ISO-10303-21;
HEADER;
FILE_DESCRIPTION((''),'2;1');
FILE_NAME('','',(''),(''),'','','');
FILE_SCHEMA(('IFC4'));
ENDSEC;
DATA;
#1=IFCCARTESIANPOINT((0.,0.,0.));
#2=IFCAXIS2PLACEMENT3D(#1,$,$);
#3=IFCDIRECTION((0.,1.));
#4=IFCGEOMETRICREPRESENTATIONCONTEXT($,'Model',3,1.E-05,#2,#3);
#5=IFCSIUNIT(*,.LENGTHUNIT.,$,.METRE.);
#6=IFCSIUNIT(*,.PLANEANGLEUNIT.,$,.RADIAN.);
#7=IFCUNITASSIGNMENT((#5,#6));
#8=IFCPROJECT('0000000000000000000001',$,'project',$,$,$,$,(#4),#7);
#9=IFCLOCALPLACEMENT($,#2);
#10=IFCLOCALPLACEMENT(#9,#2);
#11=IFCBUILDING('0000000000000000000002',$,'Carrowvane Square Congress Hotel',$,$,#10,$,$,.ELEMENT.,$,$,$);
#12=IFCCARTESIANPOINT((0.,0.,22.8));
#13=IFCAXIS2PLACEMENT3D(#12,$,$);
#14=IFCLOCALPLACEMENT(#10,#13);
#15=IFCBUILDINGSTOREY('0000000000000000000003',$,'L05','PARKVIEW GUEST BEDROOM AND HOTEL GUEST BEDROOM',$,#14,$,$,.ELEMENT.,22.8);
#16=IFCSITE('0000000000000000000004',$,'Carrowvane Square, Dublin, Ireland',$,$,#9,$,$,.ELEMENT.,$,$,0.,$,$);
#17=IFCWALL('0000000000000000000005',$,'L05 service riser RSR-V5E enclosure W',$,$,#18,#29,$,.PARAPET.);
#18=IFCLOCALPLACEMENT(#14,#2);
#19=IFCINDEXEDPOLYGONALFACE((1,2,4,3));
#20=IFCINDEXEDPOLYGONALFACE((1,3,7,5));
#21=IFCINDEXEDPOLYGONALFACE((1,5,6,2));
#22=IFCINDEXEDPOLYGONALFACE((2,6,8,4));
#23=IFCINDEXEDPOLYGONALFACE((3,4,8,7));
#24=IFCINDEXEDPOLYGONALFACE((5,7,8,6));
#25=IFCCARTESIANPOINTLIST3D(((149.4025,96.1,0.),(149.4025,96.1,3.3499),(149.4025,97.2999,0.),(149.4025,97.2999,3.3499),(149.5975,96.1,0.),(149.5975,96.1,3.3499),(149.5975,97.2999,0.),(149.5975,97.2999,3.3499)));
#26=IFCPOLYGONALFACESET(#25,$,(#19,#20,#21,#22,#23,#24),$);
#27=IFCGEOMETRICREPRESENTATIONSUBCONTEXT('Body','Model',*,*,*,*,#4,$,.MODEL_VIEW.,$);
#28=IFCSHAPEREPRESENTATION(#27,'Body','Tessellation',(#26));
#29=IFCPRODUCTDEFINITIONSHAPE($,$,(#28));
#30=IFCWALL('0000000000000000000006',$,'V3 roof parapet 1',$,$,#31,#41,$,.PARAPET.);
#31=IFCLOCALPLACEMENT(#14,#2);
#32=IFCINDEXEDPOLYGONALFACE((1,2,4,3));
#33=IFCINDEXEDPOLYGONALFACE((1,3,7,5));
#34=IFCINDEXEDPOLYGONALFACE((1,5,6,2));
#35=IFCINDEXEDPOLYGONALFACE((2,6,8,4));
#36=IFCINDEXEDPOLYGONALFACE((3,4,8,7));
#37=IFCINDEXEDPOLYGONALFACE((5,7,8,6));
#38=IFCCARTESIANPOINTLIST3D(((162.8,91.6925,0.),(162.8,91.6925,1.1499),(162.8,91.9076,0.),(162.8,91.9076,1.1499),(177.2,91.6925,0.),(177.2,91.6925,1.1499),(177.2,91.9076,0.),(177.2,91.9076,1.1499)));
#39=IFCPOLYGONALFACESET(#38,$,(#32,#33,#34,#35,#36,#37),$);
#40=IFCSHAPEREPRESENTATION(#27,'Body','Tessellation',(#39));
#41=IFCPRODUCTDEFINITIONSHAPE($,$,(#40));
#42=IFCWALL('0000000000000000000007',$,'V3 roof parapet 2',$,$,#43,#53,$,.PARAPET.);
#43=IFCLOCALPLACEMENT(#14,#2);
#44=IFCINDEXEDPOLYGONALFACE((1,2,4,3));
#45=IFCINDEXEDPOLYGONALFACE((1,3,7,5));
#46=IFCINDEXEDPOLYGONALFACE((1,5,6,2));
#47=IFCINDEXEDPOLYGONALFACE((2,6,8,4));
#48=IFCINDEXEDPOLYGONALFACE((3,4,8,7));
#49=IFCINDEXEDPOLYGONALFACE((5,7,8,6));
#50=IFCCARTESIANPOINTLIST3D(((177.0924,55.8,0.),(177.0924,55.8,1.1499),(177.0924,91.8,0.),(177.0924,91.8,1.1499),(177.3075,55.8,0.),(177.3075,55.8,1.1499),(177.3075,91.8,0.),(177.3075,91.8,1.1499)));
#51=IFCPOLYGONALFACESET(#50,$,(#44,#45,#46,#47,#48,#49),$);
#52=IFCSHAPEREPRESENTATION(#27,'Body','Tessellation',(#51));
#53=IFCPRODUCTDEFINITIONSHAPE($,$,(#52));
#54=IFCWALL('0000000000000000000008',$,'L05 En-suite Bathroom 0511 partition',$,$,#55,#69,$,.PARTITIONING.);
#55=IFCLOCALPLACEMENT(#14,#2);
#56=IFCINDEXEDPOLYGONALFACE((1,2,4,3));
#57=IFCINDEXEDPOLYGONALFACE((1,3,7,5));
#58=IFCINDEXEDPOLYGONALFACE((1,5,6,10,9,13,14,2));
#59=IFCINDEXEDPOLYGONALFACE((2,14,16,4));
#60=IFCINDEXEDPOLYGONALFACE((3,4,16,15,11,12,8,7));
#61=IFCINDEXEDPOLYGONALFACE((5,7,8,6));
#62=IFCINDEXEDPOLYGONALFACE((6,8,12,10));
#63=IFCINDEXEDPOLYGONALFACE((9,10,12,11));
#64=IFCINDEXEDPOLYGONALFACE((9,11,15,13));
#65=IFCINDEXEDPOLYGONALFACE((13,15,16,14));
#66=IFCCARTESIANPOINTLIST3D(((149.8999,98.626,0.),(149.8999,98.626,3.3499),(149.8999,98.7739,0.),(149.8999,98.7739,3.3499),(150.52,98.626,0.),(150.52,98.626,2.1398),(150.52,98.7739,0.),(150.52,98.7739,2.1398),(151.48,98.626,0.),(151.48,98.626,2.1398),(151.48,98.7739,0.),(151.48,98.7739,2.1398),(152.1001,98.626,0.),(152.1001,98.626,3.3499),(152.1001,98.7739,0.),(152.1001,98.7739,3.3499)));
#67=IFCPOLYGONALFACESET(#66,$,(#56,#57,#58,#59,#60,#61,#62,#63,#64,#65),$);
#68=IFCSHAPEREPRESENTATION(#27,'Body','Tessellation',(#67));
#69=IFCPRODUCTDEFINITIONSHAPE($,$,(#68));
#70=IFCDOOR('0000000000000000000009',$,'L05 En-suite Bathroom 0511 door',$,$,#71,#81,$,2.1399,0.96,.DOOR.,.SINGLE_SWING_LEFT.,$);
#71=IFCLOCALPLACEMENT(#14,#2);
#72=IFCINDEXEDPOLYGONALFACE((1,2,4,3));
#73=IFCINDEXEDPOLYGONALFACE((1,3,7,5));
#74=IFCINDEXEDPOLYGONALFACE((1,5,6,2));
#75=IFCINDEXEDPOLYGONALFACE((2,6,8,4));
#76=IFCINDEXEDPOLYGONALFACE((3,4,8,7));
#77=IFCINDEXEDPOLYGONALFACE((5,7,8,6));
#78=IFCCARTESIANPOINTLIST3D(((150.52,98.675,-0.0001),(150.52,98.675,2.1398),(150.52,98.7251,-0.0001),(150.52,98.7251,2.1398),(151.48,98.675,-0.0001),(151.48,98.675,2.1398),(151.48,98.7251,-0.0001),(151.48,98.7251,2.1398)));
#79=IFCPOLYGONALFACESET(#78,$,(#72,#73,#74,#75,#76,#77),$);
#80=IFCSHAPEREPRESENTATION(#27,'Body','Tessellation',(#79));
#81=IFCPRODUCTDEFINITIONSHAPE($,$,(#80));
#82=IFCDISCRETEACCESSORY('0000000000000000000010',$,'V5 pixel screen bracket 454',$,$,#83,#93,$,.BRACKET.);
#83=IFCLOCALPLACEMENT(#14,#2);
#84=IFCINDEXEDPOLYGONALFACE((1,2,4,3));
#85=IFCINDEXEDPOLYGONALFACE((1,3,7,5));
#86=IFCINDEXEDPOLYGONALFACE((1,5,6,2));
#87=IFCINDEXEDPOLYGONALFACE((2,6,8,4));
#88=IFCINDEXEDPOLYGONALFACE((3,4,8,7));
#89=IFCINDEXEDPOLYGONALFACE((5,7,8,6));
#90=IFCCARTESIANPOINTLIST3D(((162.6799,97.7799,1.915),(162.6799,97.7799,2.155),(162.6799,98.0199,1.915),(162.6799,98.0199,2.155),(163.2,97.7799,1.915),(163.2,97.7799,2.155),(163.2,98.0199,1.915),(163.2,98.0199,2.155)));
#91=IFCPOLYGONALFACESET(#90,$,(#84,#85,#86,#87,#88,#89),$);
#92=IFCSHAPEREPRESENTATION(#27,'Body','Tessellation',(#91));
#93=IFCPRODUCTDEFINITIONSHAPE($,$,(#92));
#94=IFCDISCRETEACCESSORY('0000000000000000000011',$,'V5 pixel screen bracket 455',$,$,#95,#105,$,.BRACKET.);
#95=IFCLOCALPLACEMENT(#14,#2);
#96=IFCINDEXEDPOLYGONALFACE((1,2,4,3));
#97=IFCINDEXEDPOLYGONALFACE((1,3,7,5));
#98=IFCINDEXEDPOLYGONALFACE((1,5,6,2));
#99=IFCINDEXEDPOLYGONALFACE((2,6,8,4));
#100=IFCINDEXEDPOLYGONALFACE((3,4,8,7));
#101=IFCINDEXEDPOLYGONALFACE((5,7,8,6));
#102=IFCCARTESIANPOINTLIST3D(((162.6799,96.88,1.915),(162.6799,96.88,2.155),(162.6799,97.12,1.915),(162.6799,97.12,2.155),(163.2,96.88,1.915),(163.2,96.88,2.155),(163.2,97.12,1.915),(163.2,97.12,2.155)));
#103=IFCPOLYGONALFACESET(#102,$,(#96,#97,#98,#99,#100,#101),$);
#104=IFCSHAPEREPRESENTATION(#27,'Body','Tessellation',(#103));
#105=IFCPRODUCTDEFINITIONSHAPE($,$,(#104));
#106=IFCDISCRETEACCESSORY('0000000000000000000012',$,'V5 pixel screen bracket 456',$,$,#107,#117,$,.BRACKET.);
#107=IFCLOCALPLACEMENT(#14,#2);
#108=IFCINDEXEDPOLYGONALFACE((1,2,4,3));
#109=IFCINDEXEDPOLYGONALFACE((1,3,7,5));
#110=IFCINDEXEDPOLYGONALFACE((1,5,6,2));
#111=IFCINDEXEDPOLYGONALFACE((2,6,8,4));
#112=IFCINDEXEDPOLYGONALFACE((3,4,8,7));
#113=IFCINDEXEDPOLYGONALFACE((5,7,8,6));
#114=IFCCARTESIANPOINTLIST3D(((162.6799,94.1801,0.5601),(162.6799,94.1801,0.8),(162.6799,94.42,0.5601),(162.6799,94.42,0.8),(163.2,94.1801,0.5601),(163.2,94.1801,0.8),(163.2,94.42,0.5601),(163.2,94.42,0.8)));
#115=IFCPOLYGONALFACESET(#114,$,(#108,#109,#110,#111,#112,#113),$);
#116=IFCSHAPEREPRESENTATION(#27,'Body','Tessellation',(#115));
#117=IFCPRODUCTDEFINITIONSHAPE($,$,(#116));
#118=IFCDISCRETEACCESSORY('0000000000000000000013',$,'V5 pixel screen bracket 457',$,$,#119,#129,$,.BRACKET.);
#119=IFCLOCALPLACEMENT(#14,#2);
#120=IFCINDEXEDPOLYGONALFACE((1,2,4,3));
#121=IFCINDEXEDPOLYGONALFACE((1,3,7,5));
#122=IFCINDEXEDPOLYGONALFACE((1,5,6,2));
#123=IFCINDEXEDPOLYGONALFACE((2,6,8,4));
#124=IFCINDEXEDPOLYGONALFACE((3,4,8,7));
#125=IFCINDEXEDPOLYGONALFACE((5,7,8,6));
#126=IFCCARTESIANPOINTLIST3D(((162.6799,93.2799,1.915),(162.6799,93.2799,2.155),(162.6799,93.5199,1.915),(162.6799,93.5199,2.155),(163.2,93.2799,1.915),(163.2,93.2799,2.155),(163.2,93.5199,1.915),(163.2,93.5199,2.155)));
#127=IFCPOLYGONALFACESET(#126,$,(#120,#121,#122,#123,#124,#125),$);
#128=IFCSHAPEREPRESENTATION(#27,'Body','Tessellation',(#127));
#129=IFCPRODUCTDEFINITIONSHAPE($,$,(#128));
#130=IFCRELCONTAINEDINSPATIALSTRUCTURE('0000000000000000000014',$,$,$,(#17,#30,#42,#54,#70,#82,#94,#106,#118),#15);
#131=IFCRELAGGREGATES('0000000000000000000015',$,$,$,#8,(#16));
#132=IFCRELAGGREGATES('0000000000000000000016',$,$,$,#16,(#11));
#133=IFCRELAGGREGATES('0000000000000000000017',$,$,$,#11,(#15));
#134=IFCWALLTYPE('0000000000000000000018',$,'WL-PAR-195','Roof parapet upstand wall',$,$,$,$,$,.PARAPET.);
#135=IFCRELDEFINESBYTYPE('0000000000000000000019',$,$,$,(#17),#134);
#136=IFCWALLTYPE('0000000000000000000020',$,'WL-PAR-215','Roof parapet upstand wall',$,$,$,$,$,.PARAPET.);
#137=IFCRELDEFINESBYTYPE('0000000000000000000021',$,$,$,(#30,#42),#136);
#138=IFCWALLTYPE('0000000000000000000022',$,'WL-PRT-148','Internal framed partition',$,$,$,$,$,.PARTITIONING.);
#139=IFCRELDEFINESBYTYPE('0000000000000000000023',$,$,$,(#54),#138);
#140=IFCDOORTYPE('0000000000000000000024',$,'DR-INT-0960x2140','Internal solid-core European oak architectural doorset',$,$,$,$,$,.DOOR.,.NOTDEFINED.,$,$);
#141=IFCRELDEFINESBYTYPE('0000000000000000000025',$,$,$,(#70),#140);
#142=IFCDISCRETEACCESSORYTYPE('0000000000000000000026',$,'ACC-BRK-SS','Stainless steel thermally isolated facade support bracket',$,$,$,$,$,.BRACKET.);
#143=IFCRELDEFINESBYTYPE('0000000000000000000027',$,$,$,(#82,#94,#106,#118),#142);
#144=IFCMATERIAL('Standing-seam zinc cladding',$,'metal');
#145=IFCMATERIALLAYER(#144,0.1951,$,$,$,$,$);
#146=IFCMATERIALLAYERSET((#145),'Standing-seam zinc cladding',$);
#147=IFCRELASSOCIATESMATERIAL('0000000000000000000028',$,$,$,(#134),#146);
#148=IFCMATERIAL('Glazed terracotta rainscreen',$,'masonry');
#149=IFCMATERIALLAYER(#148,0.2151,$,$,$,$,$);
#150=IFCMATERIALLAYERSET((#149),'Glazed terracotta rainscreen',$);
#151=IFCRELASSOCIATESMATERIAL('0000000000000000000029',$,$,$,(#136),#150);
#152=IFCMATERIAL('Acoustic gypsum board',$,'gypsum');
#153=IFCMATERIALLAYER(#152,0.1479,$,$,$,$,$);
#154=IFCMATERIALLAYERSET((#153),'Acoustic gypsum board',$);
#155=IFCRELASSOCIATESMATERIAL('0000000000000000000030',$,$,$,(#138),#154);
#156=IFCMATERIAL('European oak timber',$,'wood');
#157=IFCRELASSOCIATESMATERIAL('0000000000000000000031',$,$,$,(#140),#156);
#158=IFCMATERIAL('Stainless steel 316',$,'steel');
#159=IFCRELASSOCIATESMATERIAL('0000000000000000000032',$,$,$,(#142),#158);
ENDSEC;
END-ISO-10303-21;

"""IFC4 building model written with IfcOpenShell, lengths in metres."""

from ifc_helpers import new_model, si_unit, direction, frame, frame_2d, origin, origin_2d, place, context, subcontext, project, spatial, rectangle, extrude, material, layer, layer_set, type_object, element, fill, save


model = new_model("IFC4")

# Units and contexts
model_context = context("Model", 3, precision=1e-05, world=origin(), true_north=direction((0.0, 1.0)))
body_context = subcontext(model_context, "Body", "Model", "MODEL_VIEW")
ifc_project = project(units=[si_unit("LENGTHUNIT", "METRE"), si_unit("PLANEANGLEUNIT", "RADIAN")], contexts=[model_context])

# Site, building, storey
site_placement = place(None, origin())
site = spatial("IfcSite", under=ifc_project, at=site_placement, Name="Carrowvane Square, Dublin, Ireland", CompositionType="ELEMENT", RefElevation=0.0)
building_placement = place(site_placement, origin())
building = spatial("IfcBuilding", under=site, at=building_placement, Name="Carrowvane Square Congress Hotel", CompositionType="ELEMENT")
storey_placement = place(building_placement, frame((0.0, 0.0, 22.8)))
storey = spatial("IfcBuildingStorey", under=building, at=storey_placement, Name="L05", Description="PARKVIEW GUEST BEDROOM AND HOTEL GUEST BEDROOM", CompositionType="ELEMENT", Elevation=22.8)

# Walls
ifc_material_1 = material(Name="Standing-seam zinc cladding", Category="metal")
ifc_layer_1 = layer(ifc_material_1, 0.1951)
ifc_layer_set_1 = layer_set([ifc_layer_1], Name="Standing-seam zinc cladding")
wall_type_1 = type_object("IfcWallType", Name="WL-PAR-195", Description="Roof parapet upstand wall", PredefinedType="PARAPET", material=ifc_layer_set_1)
for number, where, z_axis, x_axis, name in (
    (1, (149.5, 97.3, 0.0), (0.0, 0.0, 1.0), (0.0, -1.0, 0.0), "L05 service riser RSR-V5E enclosure W"),
):
    element("IfcWall", number, at=place(storey_placement, frame(where, z_axis=z_axis, x_axis=x_axis)), inside=storey, type_object=wall_type_1, Name=name, PredefinedType="PARAPET", context=body_context, shape_type="SweptSolid", body=[
        extrude(rectangle(XDim=1.2, YDim=0.1951, at=frame_2d((0.6001, 0.0))), origin(), (0.0, 0.0, 1.0), 3.3499),
    ])
ifc_material_2 = material(Name="Glazed terracotta rainscreen", Category="masonry")
ifc_layer_2 = layer(ifc_material_2, 0.2151)
ifc_layer_set_2 = layer_set([ifc_layer_2], Name="Glazed terracotta rainscreen")
wall_type_2 = type_object("IfcWallType", Name="WL-PAR-215", Description="Roof parapet upstand wall", PredefinedType="PARAPET", material=ifc_layer_set_2)
wall_1_placement = place(storey_placement, frame((162.8, 91.8, 0.0), z_axis=(0.0, 0.0, 1.0), x_axis=(1.0, 0.0, 0.0)))
element("IfcWall", 2, at=wall_1_placement, inside=storey, type_object=wall_type_2, Name="V3 roof parapet 1", PredefinedType="PARAPET", context=body_context, shape_type="SweptSolid", body=[
    extrude(rectangle(XDim=14.3999, YDim=0.2151, at=frame_2d((7.2, 0.0))), origin(), (0.0, 0.0, 1.0), 1.1499),
])
wall_2_placement = place(storey_placement, frame((177.2, 91.8, 0.0), z_axis=(0.0, 0.0, 1.0), x_axis=(0.0, -1.0, 0.0)))
element("IfcWall", 3, at=wall_2_placement, inside=storey, type_object=wall_type_2, Name="V3 roof parapet 2", PredefinedType="PARAPET", context=body_context, shape_type="SweptSolid", body=[
    extrude(rectangle(XDim=36.0, YDim=0.2151, at=frame_2d((18.0, 0.0))), origin(), (0.0, 0.0, 1.0), 1.1499),
])

# Wall, opening, door
ifc_material_3 = material(Name="Acoustic gypsum board", Category="gypsum")
ifc_layer_3 = layer(ifc_material_3, 0.1479)
ifc_layer_set_3 = layer_set([ifc_layer_3], Name="Acoustic gypsum board")
wall_type_3 = type_object("IfcWallType", Name="WL-PRT-148", Description="Internal framed partition", PredefinedType="PARTITIONING", material=ifc_layer_set_3)
wall_3_placement = place(storey_placement, frame((152.1001, 98.7, 0.0), z_axis=(0.0, 0.0, 1.0), x_axis=(-1.0, 0.0, 0.0)))
wall_3 = element("IfcWall", 4, at=wall_3_placement, inside=storey, type_object=wall_type_3, Name="L05 En-suite Bathroom 0511 partition", PredefinedType="PARTITIONING", context=body_context, shape_type="SweptSolid", body=[
    extrude(rectangle(XDim=2.2002, YDim=0.1479, at=frame_2d((1.1001, 0.0))), origin(), (0.0, 0.0, 1.0), 3.3499),
])
opening_1_placement = place(wall_3_placement, frame((0.6201, 0.0, 0.0)))
opening_1 = element("IfcOpeningElement", 5, at=opening_1_placement, cuts=wall_3, PredefinedType="OPENING", context=body_context, shape_type="SweptSolid", body=[
    extrude(rectangle(XDim=0.96, YDim=2.1399, at=frame_2d((0.48, 1.0698))), frame((0.0, 0.084, 0.0), z_axis=(0.0, -1.0, 0.0), x_axis=(1.0, 0.0, 0.0)), (0.0, 0.0, 1.0), 0.168),
])
ifc_material_4 = material(Name="European oak timber", Category="wood")
door_type = type_object("IfcDoorType", Name="DR-INT-0960x2140", Description="Internal solid-core European oak architectural doorset", OperationType="NOTDEFINED", PredefinedType="DOOR", material=ifc_material_4)
door_placement = place(opening_1_placement, origin())
door = element("IfcDoor", 6, at=door_placement, inside=storey, type_object=door_type, Name="L05 En-suite Bathroom 0511 door", OperationType="SINGLE_SWING_LEFT", OverallHeight=2.1399, OverallWidth=0.96, PredefinedType="DOOR", context=body_context, shape_type="SweptSolid", body=[
    extrude(rectangle(XDim=0.96, YDim=2.1399, at=frame_2d((0.48, 1.0698))), frame((0.0, 0.0249, 0.0), z_axis=(0.0, -1.0, 0.0), x_axis=(1.0, 0.0, 0.0)), (0.0, 0.0, 1.0), 0.05),
])
fill(opening_1, door)

# Discrete accessories
ifc_material_5 = material(Name="Stainless steel 316", Category="steel")
discrete_accessory_type = type_object("IfcDiscreteAccessoryType", Name="ACC-BRK-SS", Description="Stainless steel thermally isolated facade support bracket", PredefinedType="BRACKET", material=ifc_material_5)
for number, where, z_axis, x_axis, name in (
    (7, (162.9399, 97.8999, 1.915), (0.0, 0.0, 1.0), (0.0, -1.0, 0.0), "V5 pixel screen bracket 454"),
    (8, (162.9399, 97.0, 1.915), (0.0, 0.0, 1.0), (0.0, -1.0, 0.0), "V5 pixel screen bracket 455"),
    (9, (162.9399, 94.3, 0.5601), (0.0, 0.0, 1.0), (0.0, -1.0, 0.0), "V5 pixel screen bracket 456"),
    (10, (162.9399, 93.3999, 1.915), (0.0, 0.0, 1.0), (0.0, -1.0, 0.0), "V5 pixel screen bracket 457"),
):
    element("IfcDiscreteAccessory", number, at=place(storey_placement, frame(where, z_axis=z_axis, x_axis=x_axis)), inside=storey, type_object=discrete_accessory_type, Name=name, PredefinedType="BRACKET", context=body_context, shape_type="SweptSolid", body=[
        extrude(rectangle(XDim=0.24, YDim=0.52, at=origin_2d()), origin(), (0.0, 0.0, 1.0), 0.24),
    ])

save(model, "model.ifc")
